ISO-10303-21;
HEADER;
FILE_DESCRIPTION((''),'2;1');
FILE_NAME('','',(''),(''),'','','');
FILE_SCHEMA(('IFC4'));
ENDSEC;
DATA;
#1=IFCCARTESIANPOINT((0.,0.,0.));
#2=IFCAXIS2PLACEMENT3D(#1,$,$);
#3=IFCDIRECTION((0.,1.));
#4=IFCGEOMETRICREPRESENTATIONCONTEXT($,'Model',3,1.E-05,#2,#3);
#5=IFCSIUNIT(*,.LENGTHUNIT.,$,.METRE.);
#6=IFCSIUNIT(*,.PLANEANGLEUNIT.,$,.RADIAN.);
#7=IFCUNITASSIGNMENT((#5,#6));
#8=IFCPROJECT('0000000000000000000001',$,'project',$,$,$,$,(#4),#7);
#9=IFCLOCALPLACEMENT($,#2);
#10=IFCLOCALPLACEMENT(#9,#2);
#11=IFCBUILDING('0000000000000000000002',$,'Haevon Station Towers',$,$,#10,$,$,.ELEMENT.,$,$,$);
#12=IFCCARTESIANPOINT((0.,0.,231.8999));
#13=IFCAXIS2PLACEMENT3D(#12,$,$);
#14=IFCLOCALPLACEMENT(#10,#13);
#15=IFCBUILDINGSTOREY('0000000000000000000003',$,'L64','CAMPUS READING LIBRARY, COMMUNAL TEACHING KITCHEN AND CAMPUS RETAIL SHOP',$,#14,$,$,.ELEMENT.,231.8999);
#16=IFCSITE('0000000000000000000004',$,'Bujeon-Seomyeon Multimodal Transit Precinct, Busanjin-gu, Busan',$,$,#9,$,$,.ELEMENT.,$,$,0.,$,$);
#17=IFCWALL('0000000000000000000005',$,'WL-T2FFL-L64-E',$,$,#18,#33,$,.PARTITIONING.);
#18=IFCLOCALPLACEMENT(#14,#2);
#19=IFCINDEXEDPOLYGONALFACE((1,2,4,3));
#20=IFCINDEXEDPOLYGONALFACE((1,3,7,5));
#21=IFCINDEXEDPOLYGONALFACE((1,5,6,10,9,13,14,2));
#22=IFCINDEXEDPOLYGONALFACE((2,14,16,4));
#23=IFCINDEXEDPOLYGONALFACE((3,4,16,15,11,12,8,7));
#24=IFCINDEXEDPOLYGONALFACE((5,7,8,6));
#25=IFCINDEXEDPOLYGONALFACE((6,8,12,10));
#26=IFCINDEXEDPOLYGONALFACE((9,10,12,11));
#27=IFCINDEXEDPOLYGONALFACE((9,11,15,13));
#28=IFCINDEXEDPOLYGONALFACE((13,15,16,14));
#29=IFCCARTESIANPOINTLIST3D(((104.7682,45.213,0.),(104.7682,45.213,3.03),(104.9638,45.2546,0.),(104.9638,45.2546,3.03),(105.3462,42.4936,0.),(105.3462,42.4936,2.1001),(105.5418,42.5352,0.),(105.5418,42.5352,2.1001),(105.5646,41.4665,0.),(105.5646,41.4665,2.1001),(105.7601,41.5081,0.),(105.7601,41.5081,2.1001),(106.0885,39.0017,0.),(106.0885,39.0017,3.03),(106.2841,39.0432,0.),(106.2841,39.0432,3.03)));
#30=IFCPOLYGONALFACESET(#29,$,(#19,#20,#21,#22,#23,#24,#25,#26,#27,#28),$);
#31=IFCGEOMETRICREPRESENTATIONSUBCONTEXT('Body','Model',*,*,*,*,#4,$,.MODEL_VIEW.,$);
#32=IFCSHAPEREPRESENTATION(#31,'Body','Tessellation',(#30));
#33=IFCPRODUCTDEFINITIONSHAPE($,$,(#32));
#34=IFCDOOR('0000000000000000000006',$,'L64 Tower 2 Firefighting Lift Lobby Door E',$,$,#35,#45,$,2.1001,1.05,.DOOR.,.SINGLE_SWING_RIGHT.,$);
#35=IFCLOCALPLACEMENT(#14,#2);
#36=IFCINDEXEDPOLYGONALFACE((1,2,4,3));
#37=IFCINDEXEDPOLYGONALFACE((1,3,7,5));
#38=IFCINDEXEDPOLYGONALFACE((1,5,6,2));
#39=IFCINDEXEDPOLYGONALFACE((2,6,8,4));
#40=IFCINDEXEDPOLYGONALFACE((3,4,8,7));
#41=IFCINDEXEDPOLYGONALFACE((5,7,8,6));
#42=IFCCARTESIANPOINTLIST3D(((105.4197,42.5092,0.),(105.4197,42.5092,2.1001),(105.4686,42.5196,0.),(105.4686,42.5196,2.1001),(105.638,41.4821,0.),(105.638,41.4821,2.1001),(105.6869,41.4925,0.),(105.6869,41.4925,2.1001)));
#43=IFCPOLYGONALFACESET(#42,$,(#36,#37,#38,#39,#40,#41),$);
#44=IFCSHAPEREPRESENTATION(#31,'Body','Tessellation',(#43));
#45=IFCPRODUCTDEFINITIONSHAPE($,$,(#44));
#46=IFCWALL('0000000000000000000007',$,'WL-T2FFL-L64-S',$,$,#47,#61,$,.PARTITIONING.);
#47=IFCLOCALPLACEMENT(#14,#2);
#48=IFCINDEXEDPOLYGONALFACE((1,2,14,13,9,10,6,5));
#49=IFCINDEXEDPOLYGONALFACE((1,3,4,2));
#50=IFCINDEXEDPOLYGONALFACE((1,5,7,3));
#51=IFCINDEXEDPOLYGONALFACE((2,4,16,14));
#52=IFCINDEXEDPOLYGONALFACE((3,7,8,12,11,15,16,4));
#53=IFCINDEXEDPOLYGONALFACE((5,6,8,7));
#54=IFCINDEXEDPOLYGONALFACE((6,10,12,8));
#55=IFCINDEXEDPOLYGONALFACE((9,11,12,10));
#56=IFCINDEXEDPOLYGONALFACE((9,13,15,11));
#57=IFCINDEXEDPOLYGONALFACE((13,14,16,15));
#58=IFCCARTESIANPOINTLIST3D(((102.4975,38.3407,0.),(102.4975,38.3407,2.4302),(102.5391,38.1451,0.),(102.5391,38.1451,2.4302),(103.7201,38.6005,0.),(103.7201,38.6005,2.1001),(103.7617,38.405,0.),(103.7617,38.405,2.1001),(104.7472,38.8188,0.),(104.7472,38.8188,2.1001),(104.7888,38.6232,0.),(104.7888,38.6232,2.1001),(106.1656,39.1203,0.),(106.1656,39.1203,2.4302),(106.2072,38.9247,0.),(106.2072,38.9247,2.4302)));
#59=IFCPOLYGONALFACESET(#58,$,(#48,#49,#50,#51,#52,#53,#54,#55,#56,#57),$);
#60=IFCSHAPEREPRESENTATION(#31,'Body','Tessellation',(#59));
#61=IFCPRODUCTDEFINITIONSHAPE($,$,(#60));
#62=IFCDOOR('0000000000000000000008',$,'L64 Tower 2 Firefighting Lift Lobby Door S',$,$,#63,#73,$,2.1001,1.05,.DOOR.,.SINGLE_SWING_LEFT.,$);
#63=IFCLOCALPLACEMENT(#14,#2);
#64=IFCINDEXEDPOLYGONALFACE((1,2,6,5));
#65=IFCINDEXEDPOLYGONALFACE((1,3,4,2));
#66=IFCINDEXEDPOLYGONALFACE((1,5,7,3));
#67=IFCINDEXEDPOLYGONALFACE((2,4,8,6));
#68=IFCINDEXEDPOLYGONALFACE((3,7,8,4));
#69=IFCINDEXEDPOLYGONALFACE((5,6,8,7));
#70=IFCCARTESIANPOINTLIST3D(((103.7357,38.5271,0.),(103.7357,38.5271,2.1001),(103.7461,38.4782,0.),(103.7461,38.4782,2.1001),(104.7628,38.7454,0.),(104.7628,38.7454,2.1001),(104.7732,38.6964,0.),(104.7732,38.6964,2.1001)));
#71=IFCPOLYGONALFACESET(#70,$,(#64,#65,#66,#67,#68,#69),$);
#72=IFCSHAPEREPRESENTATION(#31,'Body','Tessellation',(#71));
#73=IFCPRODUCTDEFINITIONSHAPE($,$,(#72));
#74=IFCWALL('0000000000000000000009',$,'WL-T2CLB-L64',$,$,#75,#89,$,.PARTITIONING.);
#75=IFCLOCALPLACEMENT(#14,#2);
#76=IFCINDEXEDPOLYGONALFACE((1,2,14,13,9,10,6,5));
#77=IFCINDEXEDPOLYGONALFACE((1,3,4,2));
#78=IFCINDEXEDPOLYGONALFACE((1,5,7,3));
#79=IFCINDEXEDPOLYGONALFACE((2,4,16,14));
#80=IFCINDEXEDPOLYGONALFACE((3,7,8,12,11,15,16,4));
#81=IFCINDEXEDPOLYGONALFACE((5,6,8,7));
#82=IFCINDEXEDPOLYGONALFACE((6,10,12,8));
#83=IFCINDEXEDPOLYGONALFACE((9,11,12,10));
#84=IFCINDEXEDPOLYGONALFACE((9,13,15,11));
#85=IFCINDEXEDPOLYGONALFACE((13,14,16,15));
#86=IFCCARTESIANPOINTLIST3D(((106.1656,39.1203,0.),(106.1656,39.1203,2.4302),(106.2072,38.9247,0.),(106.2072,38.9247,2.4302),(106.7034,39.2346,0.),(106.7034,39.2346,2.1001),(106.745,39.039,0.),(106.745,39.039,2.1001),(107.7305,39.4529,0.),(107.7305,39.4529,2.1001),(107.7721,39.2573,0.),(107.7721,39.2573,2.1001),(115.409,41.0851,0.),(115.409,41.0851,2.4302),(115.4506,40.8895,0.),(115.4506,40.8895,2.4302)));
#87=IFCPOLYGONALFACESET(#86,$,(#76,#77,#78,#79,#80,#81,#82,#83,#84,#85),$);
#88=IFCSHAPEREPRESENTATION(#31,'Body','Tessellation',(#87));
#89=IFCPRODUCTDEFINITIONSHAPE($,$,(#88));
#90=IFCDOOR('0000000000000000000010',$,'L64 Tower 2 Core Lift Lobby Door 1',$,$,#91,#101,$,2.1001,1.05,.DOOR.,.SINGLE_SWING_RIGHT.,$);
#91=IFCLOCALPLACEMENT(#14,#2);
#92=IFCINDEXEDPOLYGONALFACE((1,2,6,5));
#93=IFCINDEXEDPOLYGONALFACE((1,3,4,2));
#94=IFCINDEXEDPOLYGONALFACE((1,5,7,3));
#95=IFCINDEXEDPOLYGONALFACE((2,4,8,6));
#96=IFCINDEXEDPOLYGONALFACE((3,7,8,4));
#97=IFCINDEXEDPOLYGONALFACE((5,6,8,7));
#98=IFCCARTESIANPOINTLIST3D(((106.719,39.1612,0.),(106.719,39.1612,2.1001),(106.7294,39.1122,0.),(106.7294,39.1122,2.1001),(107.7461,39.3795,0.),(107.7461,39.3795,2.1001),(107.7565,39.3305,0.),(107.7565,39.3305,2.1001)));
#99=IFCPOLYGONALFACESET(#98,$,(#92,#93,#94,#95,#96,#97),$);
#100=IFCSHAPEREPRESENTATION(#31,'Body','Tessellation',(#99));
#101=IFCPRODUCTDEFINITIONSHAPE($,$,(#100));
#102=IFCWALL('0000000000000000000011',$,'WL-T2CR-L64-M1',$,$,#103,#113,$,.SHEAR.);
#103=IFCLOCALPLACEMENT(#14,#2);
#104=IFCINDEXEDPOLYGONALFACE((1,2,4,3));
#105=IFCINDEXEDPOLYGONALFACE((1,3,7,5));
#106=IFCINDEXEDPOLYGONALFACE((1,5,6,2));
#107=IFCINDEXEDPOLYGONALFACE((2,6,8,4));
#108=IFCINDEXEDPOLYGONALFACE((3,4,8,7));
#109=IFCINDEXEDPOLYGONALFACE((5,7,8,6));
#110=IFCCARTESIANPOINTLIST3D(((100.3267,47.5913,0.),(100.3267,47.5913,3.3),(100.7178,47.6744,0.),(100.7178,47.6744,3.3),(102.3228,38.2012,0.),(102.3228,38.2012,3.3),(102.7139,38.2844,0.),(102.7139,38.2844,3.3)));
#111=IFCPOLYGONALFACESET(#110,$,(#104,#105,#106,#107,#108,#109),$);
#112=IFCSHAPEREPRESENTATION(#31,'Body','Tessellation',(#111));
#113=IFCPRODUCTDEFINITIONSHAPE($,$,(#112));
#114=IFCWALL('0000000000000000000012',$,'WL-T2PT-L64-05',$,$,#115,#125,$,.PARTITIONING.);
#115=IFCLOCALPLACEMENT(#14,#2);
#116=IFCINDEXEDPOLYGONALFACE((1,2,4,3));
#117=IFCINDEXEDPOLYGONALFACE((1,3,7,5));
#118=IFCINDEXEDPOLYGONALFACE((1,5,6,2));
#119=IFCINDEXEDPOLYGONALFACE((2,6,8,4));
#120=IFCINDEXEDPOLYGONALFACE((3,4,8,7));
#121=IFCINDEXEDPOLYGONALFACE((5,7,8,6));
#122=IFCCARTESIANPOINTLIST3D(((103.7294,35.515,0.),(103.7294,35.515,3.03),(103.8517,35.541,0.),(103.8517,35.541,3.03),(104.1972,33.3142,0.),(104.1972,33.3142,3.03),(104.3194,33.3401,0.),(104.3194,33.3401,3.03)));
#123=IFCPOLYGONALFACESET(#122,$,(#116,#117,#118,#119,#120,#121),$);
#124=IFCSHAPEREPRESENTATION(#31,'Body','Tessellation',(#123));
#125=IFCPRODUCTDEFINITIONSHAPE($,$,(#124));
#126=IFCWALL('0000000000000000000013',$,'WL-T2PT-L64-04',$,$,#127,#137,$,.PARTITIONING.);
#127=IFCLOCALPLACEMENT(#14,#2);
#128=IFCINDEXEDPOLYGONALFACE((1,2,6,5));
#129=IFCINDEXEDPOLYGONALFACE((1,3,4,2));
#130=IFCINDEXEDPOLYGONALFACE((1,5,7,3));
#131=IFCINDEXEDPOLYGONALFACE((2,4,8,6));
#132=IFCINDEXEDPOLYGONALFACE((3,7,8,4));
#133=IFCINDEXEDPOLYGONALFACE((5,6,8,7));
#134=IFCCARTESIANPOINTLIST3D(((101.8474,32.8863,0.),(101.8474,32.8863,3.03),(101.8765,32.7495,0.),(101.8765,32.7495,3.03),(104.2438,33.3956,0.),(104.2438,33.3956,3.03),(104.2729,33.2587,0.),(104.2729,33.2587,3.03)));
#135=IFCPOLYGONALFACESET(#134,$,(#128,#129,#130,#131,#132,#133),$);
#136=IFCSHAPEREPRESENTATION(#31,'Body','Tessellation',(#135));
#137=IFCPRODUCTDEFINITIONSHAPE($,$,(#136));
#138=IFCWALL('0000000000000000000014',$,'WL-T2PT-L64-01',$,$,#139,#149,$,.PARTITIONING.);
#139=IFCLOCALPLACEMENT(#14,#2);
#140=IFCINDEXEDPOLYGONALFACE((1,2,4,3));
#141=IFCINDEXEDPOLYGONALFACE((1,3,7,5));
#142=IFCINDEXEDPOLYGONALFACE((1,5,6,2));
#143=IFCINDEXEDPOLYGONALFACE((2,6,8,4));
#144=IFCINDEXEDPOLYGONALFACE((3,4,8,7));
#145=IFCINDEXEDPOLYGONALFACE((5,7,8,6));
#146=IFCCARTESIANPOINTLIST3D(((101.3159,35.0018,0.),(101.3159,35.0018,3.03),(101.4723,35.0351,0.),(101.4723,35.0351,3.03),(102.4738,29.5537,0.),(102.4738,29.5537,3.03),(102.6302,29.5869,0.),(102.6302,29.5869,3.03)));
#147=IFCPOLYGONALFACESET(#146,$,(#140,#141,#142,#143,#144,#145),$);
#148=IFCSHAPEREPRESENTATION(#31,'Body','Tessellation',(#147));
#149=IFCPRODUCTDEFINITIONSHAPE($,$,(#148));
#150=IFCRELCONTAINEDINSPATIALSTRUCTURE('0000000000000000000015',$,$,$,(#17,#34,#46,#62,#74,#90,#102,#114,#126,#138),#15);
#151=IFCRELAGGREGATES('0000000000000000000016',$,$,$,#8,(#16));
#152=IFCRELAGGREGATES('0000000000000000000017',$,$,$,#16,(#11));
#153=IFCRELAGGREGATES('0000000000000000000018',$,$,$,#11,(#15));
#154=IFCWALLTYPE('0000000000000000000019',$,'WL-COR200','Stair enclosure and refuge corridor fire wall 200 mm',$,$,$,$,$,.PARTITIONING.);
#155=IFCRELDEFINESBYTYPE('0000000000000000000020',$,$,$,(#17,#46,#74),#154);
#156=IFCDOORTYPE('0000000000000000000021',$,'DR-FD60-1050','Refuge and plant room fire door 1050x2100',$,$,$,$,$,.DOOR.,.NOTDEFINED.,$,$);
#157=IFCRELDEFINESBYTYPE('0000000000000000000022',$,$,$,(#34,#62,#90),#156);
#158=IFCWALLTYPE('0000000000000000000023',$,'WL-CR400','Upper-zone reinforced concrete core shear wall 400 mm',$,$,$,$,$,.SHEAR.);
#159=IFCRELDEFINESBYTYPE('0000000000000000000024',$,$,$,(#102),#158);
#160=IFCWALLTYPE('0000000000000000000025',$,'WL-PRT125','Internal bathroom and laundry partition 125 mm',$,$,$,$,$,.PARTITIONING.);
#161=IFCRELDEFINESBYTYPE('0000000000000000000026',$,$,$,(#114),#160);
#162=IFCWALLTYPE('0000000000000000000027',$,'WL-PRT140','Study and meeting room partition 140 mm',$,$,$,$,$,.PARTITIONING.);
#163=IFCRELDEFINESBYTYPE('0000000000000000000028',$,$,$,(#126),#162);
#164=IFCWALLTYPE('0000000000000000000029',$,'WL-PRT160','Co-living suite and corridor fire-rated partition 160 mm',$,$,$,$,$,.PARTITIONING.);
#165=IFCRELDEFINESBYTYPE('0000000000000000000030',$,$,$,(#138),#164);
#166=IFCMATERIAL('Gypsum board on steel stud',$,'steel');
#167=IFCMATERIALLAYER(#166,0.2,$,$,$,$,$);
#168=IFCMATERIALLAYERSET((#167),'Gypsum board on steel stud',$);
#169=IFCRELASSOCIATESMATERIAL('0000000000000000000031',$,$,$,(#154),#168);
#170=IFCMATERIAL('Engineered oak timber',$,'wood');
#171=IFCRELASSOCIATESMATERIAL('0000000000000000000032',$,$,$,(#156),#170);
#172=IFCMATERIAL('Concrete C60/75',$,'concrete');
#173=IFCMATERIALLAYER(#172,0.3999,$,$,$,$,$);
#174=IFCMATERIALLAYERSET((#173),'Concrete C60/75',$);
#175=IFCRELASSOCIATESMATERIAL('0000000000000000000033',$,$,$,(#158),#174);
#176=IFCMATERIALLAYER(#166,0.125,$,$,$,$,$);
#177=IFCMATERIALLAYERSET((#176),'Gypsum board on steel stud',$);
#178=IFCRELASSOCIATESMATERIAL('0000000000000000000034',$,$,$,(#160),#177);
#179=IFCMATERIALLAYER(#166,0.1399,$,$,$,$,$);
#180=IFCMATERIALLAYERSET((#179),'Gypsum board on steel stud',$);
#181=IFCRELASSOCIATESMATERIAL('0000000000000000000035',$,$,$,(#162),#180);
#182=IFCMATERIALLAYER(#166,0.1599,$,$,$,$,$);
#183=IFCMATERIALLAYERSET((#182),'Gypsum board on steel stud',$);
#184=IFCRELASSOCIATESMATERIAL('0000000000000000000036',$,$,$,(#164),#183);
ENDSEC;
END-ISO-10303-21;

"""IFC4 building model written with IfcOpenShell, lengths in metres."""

from ifc_helpers import new_model, si_unit, direction, frame, frame_2d, origin, place, context, subcontext, project, spatial, rectangle, extrude, material, layer, layer_set, type_object, element, fill, save


model = new_model("IFC4")

# Units and contexts
model_context = context("Model", 3, precision=1e-05, world=origin(), true_north=direction((0.0, 1.0)))
body_context = subcontext(model_context, "Body", "Model", "MODEL_VIEW")
ifc_project = project(units=[si_unit("LENGTHUNIT", "METRE"), si_unit("PLANEANGLEUNIT", "RADIAN")], contexts=[model_context])

# Site, building, storey
site_placement = place(None, origin())
site = spatial("IfcSite", under=ifc_project, at=site_placement, Name="Bujeon-Seomyeon Multimodal Transit Precinct, Busanjin-gu, Busan", CompositionType="ELEMENT", RefElevation=0.0)
building_placement = place(site_placement, origin())
building = spatial("IfcBuilding", under=site, at=building_placement, Name="Haevon Station Towers", CompositionType="ELEMENT")
storey_placement = place(building_placement, frame((0.0, 0.0, 231.8999)))
storey = spatial("IfcBuildingStorey", under=building, at=storey_placement, Name="L64", Description="CAMPUS READING LIBRARY, COMMUNAL TEACHING KITCHEN AND CAMPUS RETAIL SHOP", CompositionType="ELEMENT", Elevation=231.8999)

# Walls, openings, doors
ifc_material_1 = material(Name="Gypsum board on steel stud", Category="steel")
ifc_layer_1 = layer(ifc_material_1, 0.2)
ifc_layer_set_1 = layer_set([ifc_layer_1], Name="Gypsum board on steel stud")
wall_type_1 = type_object("IfcWallType", Name="WL-COR200", Description="Stair enclosure and refuge corridor fire wall 200 mm", PredefinedType="PARTITIONING", material=ifc_layer_set_1)
wall_1_placement = place(storey_placement, frame((106.1863, 39.0225, 0.0), z_axis=(0.0, 0.0, 1.0), x_axis=(-0.207917, 0.978147, 0.0)))
wall_1 = element("IfcWall", 1, at=wall_1_placement, inside=storey, type_object=wall_type_1, Name="WL-T2FFL-L64-E", PredefinedType="PARTITIONING", context=body_context, shape_type="SweptSolid", body=[
    extrude(rectangle(XDim=6.3501, YDim=0.2, at=frame_2d((3.175, 0.0))), origin(), (0.0, 0.0, 1.0), 3.03),
])
opening_1_placement = place(wall_1_placement, frame((2.52, 0.0, 0.0)))
opening_1 = element("IfcOpeningElement", 2, at=opening_1_placement, cuts=wall_1, PredefinedType="OPENING", context=body_context, shape_type="SweptSolid", body=[
    extrude(rectangle(XDim=1.05, YDim=2.1001, at=frame_2d((0.5249, 1.05))), frame((0.0, 0.1099, 0.0), z_axis=(0.0, -1.0, 0.0), x_axis=(1.0, 0.0, 0.0)), (0.0, 0.0, 1.0), 0.22),
])
ifc_material_2 = material(Name="Engineered oak timber", Category="wood")
door_type_1 = type_object("IfcDoorType", Name="DR-FD60-1050", Description="Refuge and plant room fire door 1050x2100", OperationType="NOTDEFINED", PredefinedType="DOOR", material=ifc_material_2)
door_1_placement = place(opening_1_placement, origin())
door_1 = element("IfcDoor", 3, at=door_1_placement, inside=storey, type_object=door_type_1, Name="L64 Tower 2 Firefighting Lift Lobby Door E", OperationType="SINGLE_SWING_RIGHT", OverallHeight=2.1001, OverallWidth=1.05, PredefinedType="DOOR", context=body_context, shape_type="SweptSolid", body=[
    extrude(rectangle(XDim=1.05, YDim=2.1001, at=frame_2d((0.5249, 1.05))), frame((0.0, 0.0249, 0.0), z_axis=(0.0, -1.0, 0.0), x_axis=(1.0, 0.0, 0.0)), (0.0, 0.0, 1.0), 0.05),
])
fill(opening_1, door_1)
wall_2_placement = place(storey_placement, frame((102.5183, 38.2429, 0.0), z_axis=(0.0, 0.0, 1.0), x_axis=(0.978154, 0.207884, 0.0)))
wall_2 = element("IfcWall", 4, at=wall_2_placement, inside=storey, type_object=wall_type_1, Name="WL-T2FFL-L64-S", PredefinedType="PARTITIONING", context=body_context, shape_type="SweptSolid", body=[
    extrude(rectangle(XDim=3.75, YDim=0.2, at=frame_2d((1.875, 0.0))), origin(), (0.0, 0.0, 1.0), 2.4302),
])
opening_2_placement = place(wall_2_placement, frame((1.25, 0.0, 0.0)))
opening_2 = element("IfcOpeningElement", 5, at=opening_2_placement, cuts=wall_2, PredefinedType="OPENING", context=body_context, shape_type="SweptSolid", body=[
    extrude(rectangle(XDim=1.05, YDim=2.1001, at=frame_2d((0.5249, 1.05))), frame((0.0, 0.1099, 0.0), z_axis=(0.0, -1.0, 0.0), x_axis=(1.0, 0.0, 0.0)), (0.0, 0.0, 1.0), 0.22),
])
door_2_placement = place(opening_2_placement, origin())
door_2 = element("IfcDoor", 6, at=door_2_placement, inside=storey, type_object=door_type_1, Name="L64 Tower 2 Firefighting Lift Lobby Door S", OperationType="SINGLE_SWING_LEFT", OverallHeight=2.1001, OverallWidth=1.05, PredefinedType="DOOR", context=body_context, shape_type="SweptSolid", body=[
    extrude(rectangle(XDim=1.05, YDim=2.1001, at=frame_2d((0.5249, 1.05))), frame((0.0, 0.0249, 0.0), z_axis=(0.0, -1.0, 0.0), x_axis=(1.0, 0.0, 0.0)), (0.0, 0.0, 1.0), 0.05),
])
fill(opening_2, door_2)
wall_3_placement = place(storey_placement, frame((106.1863, 39.0225, 0.0), z_axis=(0.0, 0.0, 1.0), x_axis=(0.978146, 0.207921, 0.0)))
wall_3 = element("IfcWall", 7, at=wall_3_placement, inside=storey, type_object=wall_type_1, Name="WL-T2CLB-L64", PredefinedType="PARTITIONING", context=body_context, shape_type="SweptSolid", body=[
    extrude(rectangle(XDim=9.45, YDim=0.2, at=frame_2d((4.7251, 0.0))), origin(), (0.0, 0.0, 1.0), 2.4302),
])
opening_3_placement = place(wall_3_placement, frame((0.55, 0.0, 0.0)))
opening_3 = element("IfcOpeningElement", 8, at=opening_3_placement, cuts=wall_3, PredefinedType="OPENING", context=body_context, shape_type="SweptSolid", body=[
    extrude(rectangle(XDim=1.05, YDim=2.1001, at=frame_2d((0.5249, 1.05))), frame((0.0, 0.1099, 0.0), z_axis=(0.0, -1.0, 0.0), x_axis=(1.0, 0.0, 0.0)), (0.0, 0.0, 1.0), 0.22),
])
door_3_placement = place(opening_3_placement, origin())
door_3 = element("IfcDoor", 9, at=door_3_placement, inside=storey, type_object=door_type_1, Name="L64 Tower 2 Core Lift Lobby Door 1", OperationType="SINGLE_SWING_RIGHT", OverallHeight=2.1001, OverallWidth=1.05, PredefinedType="DOOR", context=body_context, shape_type="SweptSolid", body=[
    extrude(rectangle(XDim=1.05, YDim=2.1001, at=frame_2d((0.5249, 1.05))), frame((0.0, 0.0249, 0.0), z_axis=(0.0, -1.0, 0.0), x_axis=(1.0, 0.0, 0.0)), (0.0, 0.0, 1.0), 0.05),
])
fill(opening_3, door_3)

# Walls
ifc_material_3 = material(Name="Concrete C60/75", Category="concrete")
ifc_layer_2 = layer(ifc_material_3, 0.3999)
ifc_layer_set_2 = layer_set([ifc_layer_2], Name="Concrete C60/75")
wall_type_2 = type_object("IfcWallType", Name="WL-CR400", Description="Upper-zone reinforced concrete core shear wall 400 mm", PredefinedType="SHEAR", material=ifc_layer_set_2)
wall_4_placement = place(storey_placement, frame((102.5183, 38.2429, 0.0), z_axis=(0.0, 0.0, 1.0), x_axis=(-0.207927, 0.978144, 0.0)))
element("IfcWall", 10, at=wall_4_placement, inside=storey, type_object=wall_type_2, Name="WL-T2CR-L64-M1", PredefinedType="SHEAR", context=body_context, shape_type="SweptSolid", body=[
    extrude(rectangle(XDim=9.5999, YDim=0.3999, at=frame_2d((4.7998, 0.0))), origin(), (0.0, 0.0, 1.0), 3.3),
])
ifc_layer_3 = layer(ifc_material_1, 0.125)
ifc_layer_set_3 = layer_set([ifc_layer_3], Name="Gypsum board on steel stud")
wall_type_3 = type_object("IfcWallType", Name="WL-PRT125", Description="Internal bathroom and laundry partition 125 mm", PredefinedType="PARTITIONING", material=ifc_layer_set_3)
wall_5_placement = place(storey_placement, frame((104.2583, 33.3271, 0.0), z_axis=(0.0, 0.0, 1.0), x_axis=(-0.207891, 0.978152, 0.0)))
element("IfcWall", 11, at=wall_5_placement, inside=storey, type_object=wall_type_3, Name="WL-T2PT-L64-05", PredefinedType="PARTITIONING", context=body_context, shape_type="SweptSolid", body=[
    extrude(rectangle(XDim=2.25, YDim=0.125, at=frame_2d((1.125, 0.0))), origin(), (0.0, 0.0, 1.0), 3.03),
])
ifc_layer_4 = layer(ifc_material_1, 0.1399)
ifc_layer_set_4 = layer_set([ifc_layer_4], Name="Gypsum board on steel stud")
wall_type_4 = type_object("IfcWallType", Name="WL-PRT140", Description="Study and meeting room partition 140 mm", PredefinedType="PARTITIONING", material=ifc_layer_set_4)
wall_6_placement = place(storey_placement, frame((101.8618, 32.8179, 0.0), z_axis=(0.0, 0.0, 1.0), x_axis=(0.978157, 0.207868, 0.0)))
element("IfcWall", 12, at=wall_6_placement, inside=storey, type_object=wall_type_4, Name="WL-T2PT-L64-04", PredefinedType="PARTITIONING", context=body_context, shape_type="SweptSolid", body=[
    extrude(rectangle(XDim=2.45, YDim=0.1399, at=frame_2d((1.2251, 0.0))), origin(), (0.0, 0.0, 1.0), 3.03),
])
ifc_layer_5 = layer(ifc_material_1, 0.1599)
ifc_layer_set_5 = layer_set([ifc_layer_5], Name="Gypsum board on steel stud")
wall_type_5 = type_object("IfcWallType", Name="WL-PRT160", Description="Co-living suite and corridor fire-rated partition 160 mm", PredefinedType="PARTITIONING", material=ifc_layer_set_5)
wall_7_placement = place(storey_placement, frame((102.552, 29.5703, 0.0), z_axis=(0.0, 0.0, 1.0), x_axis=(-0.207894, 0.978151, 0.0)))
element("IfcWall", 13, at=wall_7_placement, inside=storey, type_object=wall_type_5, Name="WL-T2PT-L64-01", PredefinedType="PARTITIONING", context=body_context, shape_type="SweptSolid", body=[
    extrude(rectangle(XDim=5.5698, YDim=0.1599, at=frame_2d((2.7849, 0.0))), origin(), (0.0, 0.0, 1.0), 3.03),
])

save(model, "model.ifc")
